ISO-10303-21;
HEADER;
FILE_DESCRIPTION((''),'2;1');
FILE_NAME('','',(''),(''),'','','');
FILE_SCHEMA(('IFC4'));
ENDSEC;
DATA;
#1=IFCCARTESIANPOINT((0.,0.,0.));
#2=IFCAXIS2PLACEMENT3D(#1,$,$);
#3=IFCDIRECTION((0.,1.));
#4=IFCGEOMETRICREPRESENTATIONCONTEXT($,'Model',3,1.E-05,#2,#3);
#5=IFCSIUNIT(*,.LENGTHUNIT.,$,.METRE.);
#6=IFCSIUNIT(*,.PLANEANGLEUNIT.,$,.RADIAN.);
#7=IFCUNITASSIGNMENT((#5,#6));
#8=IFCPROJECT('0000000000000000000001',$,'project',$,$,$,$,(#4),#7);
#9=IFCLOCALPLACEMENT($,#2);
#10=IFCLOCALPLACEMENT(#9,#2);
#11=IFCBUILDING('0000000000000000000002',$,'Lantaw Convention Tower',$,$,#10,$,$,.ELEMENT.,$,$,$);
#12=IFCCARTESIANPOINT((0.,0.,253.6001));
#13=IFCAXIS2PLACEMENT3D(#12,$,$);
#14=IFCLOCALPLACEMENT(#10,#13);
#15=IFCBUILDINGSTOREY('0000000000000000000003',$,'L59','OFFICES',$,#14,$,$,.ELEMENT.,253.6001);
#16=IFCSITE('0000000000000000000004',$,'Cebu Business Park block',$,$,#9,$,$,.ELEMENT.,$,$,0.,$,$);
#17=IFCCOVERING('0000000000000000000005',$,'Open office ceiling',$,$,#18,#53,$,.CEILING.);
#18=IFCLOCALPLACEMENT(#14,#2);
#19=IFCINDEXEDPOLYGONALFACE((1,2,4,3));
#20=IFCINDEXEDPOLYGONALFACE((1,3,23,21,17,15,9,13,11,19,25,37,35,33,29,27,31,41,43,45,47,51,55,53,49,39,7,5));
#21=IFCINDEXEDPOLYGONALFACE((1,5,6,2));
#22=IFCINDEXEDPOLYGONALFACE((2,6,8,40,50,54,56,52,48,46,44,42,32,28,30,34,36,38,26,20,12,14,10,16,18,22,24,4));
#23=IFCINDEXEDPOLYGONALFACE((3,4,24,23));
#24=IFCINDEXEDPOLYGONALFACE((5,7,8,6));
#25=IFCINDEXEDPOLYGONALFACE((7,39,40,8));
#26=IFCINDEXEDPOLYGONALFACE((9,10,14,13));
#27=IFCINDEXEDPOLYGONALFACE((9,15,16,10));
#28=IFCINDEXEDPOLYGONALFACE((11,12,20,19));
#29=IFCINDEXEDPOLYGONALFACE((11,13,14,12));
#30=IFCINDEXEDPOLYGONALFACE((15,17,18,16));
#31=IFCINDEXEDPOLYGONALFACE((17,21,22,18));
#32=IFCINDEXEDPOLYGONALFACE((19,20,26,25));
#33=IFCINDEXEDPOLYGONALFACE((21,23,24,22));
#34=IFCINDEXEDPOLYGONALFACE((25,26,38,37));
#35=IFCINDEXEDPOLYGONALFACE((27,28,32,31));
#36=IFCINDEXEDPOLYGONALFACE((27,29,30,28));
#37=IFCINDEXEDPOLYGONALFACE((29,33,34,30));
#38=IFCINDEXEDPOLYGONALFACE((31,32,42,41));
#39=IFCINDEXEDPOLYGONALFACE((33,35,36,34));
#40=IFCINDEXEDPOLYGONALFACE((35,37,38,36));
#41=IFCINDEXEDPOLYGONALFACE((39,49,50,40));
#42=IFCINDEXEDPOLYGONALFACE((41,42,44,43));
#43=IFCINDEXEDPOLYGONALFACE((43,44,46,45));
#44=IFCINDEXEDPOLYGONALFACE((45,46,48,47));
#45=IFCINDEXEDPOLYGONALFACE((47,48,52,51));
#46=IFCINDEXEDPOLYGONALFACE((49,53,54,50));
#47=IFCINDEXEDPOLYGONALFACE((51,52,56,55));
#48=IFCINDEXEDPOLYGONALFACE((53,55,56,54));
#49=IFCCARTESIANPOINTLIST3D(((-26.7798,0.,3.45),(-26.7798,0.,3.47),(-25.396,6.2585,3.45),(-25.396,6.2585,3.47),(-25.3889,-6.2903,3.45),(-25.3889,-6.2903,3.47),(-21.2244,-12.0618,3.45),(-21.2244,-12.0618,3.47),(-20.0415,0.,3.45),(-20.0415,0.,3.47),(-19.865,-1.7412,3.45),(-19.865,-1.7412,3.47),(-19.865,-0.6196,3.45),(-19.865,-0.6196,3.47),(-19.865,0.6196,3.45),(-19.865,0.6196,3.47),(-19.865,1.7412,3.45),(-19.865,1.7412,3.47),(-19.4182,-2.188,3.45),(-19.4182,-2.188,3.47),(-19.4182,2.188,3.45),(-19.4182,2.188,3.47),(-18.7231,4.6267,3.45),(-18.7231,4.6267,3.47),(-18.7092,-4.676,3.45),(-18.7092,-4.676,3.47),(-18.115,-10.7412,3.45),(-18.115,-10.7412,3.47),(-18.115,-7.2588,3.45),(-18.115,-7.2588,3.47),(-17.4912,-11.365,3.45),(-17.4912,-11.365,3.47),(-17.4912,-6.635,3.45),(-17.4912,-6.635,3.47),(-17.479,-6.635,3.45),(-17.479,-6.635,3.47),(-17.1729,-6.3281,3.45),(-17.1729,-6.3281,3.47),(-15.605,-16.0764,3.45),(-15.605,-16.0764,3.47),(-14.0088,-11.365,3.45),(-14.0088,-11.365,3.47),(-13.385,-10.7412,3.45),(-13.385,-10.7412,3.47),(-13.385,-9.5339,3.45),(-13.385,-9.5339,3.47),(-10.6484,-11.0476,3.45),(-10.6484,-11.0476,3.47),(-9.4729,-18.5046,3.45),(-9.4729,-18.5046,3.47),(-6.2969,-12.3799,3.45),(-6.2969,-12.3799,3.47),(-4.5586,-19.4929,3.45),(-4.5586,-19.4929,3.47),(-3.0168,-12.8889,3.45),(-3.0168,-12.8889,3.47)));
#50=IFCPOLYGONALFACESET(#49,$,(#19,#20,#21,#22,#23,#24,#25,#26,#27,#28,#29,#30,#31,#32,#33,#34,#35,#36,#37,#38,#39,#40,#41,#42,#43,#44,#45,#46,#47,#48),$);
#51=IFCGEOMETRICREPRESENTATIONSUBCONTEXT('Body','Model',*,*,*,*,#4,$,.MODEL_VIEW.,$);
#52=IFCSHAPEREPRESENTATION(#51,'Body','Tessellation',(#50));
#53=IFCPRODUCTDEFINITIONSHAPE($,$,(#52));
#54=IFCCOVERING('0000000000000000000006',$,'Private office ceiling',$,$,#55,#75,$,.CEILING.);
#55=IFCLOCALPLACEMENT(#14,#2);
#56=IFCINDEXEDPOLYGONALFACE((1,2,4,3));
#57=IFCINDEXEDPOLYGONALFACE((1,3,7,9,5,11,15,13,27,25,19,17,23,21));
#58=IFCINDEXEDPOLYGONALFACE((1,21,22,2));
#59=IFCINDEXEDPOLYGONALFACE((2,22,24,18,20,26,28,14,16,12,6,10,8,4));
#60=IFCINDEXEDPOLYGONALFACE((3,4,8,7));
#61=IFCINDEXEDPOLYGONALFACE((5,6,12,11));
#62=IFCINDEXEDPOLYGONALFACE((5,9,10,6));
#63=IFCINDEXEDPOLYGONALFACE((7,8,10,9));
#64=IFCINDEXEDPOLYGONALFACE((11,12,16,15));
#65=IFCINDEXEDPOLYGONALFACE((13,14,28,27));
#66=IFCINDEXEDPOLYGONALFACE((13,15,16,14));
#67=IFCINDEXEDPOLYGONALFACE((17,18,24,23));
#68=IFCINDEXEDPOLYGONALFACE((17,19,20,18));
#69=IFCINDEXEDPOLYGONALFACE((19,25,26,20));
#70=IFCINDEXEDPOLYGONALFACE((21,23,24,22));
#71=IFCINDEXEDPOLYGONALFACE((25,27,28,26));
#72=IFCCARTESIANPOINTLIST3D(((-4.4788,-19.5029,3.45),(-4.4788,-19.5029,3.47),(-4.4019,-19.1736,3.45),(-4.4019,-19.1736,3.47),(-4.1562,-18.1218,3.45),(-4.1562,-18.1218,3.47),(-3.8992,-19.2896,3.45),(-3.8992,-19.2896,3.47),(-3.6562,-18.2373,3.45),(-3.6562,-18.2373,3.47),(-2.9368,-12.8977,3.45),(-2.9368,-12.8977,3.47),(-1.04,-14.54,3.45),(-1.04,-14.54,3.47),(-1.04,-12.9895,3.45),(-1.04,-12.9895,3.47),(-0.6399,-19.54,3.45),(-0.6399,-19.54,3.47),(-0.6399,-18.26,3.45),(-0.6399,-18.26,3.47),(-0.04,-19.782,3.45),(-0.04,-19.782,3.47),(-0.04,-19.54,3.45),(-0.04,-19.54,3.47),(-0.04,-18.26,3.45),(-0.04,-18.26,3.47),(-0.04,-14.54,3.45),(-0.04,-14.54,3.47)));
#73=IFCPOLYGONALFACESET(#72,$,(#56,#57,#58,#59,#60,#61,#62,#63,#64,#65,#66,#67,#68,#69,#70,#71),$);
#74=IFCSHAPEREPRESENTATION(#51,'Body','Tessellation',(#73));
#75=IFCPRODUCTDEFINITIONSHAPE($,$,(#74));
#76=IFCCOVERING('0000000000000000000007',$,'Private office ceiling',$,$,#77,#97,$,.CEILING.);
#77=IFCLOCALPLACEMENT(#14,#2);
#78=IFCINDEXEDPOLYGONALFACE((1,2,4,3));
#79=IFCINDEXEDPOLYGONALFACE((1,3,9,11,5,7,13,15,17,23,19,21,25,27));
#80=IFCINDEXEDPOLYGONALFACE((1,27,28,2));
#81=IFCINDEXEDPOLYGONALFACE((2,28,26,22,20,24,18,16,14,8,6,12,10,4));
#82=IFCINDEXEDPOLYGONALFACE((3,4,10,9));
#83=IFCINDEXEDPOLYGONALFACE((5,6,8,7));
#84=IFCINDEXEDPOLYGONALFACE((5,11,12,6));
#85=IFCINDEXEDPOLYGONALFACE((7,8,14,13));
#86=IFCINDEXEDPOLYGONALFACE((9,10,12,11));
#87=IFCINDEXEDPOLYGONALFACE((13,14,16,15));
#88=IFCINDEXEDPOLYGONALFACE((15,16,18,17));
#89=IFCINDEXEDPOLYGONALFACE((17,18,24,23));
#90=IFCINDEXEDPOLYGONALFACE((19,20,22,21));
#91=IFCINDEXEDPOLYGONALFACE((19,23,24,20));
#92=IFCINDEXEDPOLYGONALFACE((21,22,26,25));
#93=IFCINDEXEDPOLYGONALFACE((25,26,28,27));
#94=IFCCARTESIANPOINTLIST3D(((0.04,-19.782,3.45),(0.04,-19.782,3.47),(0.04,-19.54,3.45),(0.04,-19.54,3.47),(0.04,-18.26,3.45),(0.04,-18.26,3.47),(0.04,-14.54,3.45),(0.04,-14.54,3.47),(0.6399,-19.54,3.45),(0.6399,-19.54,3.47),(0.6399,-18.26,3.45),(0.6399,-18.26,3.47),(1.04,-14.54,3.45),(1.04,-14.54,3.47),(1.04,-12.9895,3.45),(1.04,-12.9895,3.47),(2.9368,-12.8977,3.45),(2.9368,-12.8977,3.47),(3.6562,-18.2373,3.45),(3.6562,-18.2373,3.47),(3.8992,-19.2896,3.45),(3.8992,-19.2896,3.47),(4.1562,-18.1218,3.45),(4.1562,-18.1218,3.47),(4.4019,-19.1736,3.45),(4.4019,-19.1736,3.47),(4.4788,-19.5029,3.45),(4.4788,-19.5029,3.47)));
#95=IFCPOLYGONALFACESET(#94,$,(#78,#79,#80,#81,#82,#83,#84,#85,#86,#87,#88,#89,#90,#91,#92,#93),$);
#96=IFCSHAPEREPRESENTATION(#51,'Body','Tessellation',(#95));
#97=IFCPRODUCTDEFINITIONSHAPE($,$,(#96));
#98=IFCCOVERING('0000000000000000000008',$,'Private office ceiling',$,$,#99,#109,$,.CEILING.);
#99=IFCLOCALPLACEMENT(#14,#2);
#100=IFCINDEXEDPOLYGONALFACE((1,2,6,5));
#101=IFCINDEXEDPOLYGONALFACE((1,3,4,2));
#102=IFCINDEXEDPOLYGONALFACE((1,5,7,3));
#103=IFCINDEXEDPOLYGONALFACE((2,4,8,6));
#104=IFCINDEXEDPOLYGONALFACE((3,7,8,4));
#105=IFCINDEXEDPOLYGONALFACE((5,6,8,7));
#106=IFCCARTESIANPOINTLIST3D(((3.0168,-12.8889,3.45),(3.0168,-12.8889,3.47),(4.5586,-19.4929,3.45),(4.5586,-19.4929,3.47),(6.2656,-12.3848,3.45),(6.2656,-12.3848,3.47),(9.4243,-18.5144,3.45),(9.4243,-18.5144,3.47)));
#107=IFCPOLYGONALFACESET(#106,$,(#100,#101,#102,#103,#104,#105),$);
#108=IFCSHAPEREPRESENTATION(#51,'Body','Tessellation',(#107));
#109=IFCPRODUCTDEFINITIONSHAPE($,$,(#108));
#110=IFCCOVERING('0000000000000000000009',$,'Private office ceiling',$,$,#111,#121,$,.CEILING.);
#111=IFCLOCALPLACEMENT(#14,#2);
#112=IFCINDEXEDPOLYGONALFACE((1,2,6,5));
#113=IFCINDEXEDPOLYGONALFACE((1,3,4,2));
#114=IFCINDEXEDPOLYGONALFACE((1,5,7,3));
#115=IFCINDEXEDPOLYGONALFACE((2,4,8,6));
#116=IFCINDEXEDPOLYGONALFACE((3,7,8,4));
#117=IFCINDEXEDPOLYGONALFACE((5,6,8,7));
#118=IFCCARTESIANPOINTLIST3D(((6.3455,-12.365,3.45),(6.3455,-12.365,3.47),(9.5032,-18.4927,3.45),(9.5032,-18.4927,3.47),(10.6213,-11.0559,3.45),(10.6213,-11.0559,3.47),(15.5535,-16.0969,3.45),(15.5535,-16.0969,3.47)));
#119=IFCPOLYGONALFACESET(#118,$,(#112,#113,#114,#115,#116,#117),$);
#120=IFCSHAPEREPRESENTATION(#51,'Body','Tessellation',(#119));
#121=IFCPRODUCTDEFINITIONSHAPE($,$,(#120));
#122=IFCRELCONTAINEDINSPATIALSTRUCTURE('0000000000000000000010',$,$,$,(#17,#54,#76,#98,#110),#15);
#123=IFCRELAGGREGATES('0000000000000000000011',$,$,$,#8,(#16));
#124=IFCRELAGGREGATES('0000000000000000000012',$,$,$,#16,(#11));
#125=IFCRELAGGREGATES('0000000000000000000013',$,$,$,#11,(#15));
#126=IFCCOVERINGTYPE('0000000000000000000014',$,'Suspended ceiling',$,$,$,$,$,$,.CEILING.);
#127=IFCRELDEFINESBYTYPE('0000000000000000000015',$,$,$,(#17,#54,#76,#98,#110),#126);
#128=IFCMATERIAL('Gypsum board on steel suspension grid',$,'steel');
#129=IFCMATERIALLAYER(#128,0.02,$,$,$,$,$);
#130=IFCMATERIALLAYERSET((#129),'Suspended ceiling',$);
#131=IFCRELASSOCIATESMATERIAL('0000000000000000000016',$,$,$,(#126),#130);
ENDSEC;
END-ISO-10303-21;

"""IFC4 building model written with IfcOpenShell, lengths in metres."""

from ifc_helpers import new_model, si_unit, direction, frame, origin, place, context, subcontext, project, spatial, polyline, outline, extrude, material, layer, layer_set, type_object, element, save


model = new_model("IFC4")

# Units and contexts
model_context = context("Model", 3, precision=1e-05, world=origin(), true_north=direction((0.0, 1.0)))
body_context = subcontext(model_context, "Body", "Model", "MODEL_VIEW")
ifc_project = project(units=[si_unit("LENGTHUNIT", "METRE"), si_unit("PLANEANGLEUNIT", "RADIAN")], contexts=[model_context])

# Site, building, storey
site_placement = place(None, origin())
site = spatial("IfcSite", under=ifc_project, at=site_placement, Name="Cebu Business Park block", CompositionType="ELEMENT", RefElevation=0.0)
building_placement = place(site_placement, origin())
building = spatial("IfcBuilding", under=site, at=building_placement, Name="Lantaw Convention Tower", CompositionType="ELEMENT")
storey_placement = place(building_placement, frame((0.0, 0.0, 253.6001)))
storey = spatial("IfcBuildingStorey", under=building, at=storey_placement, Name="L59", Description="OFFICES", CompositionType="ELEMENT", Elevation=253.6001)

# Coverings
ifc_material_1 = material(Name="Gypsum board on steel suspension grid", Category="steel")
ifc_layer_1 = layer(ifc_material_1, 0.02)
ifc_layer_set_1 = layer_set([ifc_layer_1], Name="Suspended ceiling")
covering_type = type_object("IfcCoveringType", Name="Suspended ceiling", PredefinedType="CEILING", material=ifc_layer_set_1)
covering_1_placement = place(storey_placement, frame((0.0, 0.0, 3.45)))
element("IfcCovering", 1, at=covering_1_placement, inside=storey, type_object=covering_type, Name="Open office ceiling", PredefinedType="CEILING", context=body_context, shape_type="SweptSolid", body=[
    extrude(outline(polyline([(-19.865, 0.6196), (-19.865, 1.7412), (-19.4182, 2.188), (-18.7231, 4.6267), (-25.396, 6.2585), (-26.7798, 0.0), (-25.3889, -6.2903), (-21.2244, -12.0618), (-15.605, -16.0764), (-9.4729, -18.5046), (-4.5586, -19.4929), (-3.0168, -12.8889), (-6.2969, -12.3799), (-10.6484, -11.0476), (-13.385, -9.5339), (-13.385, -10.7412), (-14.0088, -11.365), (-17.4912, -11.365), (-18.115, -10.7412), (-18.115, -7.2588), (-17.4912, -6.635), (-17.479, -6.635), (-17.1729, -6.3281), (-18.7092, -4.676), (-19.4182, -2.188), (-19.865, -1.7412), (-19.865, -0.6196), (-20.0415, 0.0), (-19.865, 0.6196)])), origin(), (0.0, 0.0, 1.0), 0.02),
])
covering_2_placement = place(storey_placement, frame((0.0, 0.0, 3.45)))
element("IfcCovering", 2, at=covering_2_placement, inside=storey, type_object=covering_type, Name="Private office ceiling", PredefinedType="CEILING", context=body_context, shape_type="SweptSolid", body=[
    extrude(outline(polyline([(-1.04, -12.9895), (-2.9368, -12.8977), (-4.1562, -18.1218), (-3.6562, -18.2373), (-3.8992, -19.2896), (-4.4019, -19.1736), (-4.4788, -19.5029), (-0.04, -19.782), (-0.04, -19.54), (-0.6399, -19.54), (-0.6399, -18.26), (-0.04, -18.26), (-0.04, -14.54), (-1.04, -14.54), (-1.04, -12.9895)])), origin(), (0.0, 0.0, 1.0), 0.02),
])
covering_3_placement = place(storey_placement, frame((0.0, 0.0, 3.45)))
element("IfcCovering", 3, at=covering_3_placement, inside=storey, type_object=covering_type, Name="Private office ceiling", PredefinedType="CEILING", context=body_context, shape_type="SweptSolid", body=[
    extrude(outline(polyline([(2.9368, -12.8977), (1.04, -12.9895), (1.04, -14.54), (0.04, -14.54), (0.04, -18.26), (0.6399, -18.26), (0.6399, -19.54), (0.04, -19.54), (0.04, -19.782), (4.4788, -19.5029), (4.4019, -19.1736), (3.8992, -19.2896), (3.6562, -18.2373), (4.1562, -18.1218), (2.9368, -12.8977)])), origin(), (0.0, 0.0, 1.0), 0.02),
])
covering_4_placement = place(storey_placement, frame((0.0, 0.0, 3.45)))
element("IfcCovering", 4, at=covering_4_placement, inside=storey, type_object=covering_type, Name="Private office ceiling", PredefinedType="CEILING", context=body_context, shape_type="SweptSolid", body=[
    extrude(outline(polyline([(3.0168, -12.8889), (4.5586, -19.4929), (9.4243, -18.5144), (6.2656, -12.3848), (3.0168, -12.8889)])), origin(), (0.0, 0.0, 1.0), 0.02),
])
covering_5_placement = place(storey_placement, frame((0.0, 0.0, 3.45)))
element("IfcCovering", 5, at=covering_5_placement, inside=storey, type_object=covering_type, Name="Private office ceiling", PredefinedType="CEILING", context=body_context, shape_type="SweptSolid", body=[
    extrude(outline(polyline([(6.3455, -12.365), (9.5032, -18.4927), (15.5535, -16.0969), (10.6213, -11.0559), (6.3455, -12.365)])), origin(), (0.0, 0.0, 1.0), 0.02),
])

save(model, "model.ifc")
